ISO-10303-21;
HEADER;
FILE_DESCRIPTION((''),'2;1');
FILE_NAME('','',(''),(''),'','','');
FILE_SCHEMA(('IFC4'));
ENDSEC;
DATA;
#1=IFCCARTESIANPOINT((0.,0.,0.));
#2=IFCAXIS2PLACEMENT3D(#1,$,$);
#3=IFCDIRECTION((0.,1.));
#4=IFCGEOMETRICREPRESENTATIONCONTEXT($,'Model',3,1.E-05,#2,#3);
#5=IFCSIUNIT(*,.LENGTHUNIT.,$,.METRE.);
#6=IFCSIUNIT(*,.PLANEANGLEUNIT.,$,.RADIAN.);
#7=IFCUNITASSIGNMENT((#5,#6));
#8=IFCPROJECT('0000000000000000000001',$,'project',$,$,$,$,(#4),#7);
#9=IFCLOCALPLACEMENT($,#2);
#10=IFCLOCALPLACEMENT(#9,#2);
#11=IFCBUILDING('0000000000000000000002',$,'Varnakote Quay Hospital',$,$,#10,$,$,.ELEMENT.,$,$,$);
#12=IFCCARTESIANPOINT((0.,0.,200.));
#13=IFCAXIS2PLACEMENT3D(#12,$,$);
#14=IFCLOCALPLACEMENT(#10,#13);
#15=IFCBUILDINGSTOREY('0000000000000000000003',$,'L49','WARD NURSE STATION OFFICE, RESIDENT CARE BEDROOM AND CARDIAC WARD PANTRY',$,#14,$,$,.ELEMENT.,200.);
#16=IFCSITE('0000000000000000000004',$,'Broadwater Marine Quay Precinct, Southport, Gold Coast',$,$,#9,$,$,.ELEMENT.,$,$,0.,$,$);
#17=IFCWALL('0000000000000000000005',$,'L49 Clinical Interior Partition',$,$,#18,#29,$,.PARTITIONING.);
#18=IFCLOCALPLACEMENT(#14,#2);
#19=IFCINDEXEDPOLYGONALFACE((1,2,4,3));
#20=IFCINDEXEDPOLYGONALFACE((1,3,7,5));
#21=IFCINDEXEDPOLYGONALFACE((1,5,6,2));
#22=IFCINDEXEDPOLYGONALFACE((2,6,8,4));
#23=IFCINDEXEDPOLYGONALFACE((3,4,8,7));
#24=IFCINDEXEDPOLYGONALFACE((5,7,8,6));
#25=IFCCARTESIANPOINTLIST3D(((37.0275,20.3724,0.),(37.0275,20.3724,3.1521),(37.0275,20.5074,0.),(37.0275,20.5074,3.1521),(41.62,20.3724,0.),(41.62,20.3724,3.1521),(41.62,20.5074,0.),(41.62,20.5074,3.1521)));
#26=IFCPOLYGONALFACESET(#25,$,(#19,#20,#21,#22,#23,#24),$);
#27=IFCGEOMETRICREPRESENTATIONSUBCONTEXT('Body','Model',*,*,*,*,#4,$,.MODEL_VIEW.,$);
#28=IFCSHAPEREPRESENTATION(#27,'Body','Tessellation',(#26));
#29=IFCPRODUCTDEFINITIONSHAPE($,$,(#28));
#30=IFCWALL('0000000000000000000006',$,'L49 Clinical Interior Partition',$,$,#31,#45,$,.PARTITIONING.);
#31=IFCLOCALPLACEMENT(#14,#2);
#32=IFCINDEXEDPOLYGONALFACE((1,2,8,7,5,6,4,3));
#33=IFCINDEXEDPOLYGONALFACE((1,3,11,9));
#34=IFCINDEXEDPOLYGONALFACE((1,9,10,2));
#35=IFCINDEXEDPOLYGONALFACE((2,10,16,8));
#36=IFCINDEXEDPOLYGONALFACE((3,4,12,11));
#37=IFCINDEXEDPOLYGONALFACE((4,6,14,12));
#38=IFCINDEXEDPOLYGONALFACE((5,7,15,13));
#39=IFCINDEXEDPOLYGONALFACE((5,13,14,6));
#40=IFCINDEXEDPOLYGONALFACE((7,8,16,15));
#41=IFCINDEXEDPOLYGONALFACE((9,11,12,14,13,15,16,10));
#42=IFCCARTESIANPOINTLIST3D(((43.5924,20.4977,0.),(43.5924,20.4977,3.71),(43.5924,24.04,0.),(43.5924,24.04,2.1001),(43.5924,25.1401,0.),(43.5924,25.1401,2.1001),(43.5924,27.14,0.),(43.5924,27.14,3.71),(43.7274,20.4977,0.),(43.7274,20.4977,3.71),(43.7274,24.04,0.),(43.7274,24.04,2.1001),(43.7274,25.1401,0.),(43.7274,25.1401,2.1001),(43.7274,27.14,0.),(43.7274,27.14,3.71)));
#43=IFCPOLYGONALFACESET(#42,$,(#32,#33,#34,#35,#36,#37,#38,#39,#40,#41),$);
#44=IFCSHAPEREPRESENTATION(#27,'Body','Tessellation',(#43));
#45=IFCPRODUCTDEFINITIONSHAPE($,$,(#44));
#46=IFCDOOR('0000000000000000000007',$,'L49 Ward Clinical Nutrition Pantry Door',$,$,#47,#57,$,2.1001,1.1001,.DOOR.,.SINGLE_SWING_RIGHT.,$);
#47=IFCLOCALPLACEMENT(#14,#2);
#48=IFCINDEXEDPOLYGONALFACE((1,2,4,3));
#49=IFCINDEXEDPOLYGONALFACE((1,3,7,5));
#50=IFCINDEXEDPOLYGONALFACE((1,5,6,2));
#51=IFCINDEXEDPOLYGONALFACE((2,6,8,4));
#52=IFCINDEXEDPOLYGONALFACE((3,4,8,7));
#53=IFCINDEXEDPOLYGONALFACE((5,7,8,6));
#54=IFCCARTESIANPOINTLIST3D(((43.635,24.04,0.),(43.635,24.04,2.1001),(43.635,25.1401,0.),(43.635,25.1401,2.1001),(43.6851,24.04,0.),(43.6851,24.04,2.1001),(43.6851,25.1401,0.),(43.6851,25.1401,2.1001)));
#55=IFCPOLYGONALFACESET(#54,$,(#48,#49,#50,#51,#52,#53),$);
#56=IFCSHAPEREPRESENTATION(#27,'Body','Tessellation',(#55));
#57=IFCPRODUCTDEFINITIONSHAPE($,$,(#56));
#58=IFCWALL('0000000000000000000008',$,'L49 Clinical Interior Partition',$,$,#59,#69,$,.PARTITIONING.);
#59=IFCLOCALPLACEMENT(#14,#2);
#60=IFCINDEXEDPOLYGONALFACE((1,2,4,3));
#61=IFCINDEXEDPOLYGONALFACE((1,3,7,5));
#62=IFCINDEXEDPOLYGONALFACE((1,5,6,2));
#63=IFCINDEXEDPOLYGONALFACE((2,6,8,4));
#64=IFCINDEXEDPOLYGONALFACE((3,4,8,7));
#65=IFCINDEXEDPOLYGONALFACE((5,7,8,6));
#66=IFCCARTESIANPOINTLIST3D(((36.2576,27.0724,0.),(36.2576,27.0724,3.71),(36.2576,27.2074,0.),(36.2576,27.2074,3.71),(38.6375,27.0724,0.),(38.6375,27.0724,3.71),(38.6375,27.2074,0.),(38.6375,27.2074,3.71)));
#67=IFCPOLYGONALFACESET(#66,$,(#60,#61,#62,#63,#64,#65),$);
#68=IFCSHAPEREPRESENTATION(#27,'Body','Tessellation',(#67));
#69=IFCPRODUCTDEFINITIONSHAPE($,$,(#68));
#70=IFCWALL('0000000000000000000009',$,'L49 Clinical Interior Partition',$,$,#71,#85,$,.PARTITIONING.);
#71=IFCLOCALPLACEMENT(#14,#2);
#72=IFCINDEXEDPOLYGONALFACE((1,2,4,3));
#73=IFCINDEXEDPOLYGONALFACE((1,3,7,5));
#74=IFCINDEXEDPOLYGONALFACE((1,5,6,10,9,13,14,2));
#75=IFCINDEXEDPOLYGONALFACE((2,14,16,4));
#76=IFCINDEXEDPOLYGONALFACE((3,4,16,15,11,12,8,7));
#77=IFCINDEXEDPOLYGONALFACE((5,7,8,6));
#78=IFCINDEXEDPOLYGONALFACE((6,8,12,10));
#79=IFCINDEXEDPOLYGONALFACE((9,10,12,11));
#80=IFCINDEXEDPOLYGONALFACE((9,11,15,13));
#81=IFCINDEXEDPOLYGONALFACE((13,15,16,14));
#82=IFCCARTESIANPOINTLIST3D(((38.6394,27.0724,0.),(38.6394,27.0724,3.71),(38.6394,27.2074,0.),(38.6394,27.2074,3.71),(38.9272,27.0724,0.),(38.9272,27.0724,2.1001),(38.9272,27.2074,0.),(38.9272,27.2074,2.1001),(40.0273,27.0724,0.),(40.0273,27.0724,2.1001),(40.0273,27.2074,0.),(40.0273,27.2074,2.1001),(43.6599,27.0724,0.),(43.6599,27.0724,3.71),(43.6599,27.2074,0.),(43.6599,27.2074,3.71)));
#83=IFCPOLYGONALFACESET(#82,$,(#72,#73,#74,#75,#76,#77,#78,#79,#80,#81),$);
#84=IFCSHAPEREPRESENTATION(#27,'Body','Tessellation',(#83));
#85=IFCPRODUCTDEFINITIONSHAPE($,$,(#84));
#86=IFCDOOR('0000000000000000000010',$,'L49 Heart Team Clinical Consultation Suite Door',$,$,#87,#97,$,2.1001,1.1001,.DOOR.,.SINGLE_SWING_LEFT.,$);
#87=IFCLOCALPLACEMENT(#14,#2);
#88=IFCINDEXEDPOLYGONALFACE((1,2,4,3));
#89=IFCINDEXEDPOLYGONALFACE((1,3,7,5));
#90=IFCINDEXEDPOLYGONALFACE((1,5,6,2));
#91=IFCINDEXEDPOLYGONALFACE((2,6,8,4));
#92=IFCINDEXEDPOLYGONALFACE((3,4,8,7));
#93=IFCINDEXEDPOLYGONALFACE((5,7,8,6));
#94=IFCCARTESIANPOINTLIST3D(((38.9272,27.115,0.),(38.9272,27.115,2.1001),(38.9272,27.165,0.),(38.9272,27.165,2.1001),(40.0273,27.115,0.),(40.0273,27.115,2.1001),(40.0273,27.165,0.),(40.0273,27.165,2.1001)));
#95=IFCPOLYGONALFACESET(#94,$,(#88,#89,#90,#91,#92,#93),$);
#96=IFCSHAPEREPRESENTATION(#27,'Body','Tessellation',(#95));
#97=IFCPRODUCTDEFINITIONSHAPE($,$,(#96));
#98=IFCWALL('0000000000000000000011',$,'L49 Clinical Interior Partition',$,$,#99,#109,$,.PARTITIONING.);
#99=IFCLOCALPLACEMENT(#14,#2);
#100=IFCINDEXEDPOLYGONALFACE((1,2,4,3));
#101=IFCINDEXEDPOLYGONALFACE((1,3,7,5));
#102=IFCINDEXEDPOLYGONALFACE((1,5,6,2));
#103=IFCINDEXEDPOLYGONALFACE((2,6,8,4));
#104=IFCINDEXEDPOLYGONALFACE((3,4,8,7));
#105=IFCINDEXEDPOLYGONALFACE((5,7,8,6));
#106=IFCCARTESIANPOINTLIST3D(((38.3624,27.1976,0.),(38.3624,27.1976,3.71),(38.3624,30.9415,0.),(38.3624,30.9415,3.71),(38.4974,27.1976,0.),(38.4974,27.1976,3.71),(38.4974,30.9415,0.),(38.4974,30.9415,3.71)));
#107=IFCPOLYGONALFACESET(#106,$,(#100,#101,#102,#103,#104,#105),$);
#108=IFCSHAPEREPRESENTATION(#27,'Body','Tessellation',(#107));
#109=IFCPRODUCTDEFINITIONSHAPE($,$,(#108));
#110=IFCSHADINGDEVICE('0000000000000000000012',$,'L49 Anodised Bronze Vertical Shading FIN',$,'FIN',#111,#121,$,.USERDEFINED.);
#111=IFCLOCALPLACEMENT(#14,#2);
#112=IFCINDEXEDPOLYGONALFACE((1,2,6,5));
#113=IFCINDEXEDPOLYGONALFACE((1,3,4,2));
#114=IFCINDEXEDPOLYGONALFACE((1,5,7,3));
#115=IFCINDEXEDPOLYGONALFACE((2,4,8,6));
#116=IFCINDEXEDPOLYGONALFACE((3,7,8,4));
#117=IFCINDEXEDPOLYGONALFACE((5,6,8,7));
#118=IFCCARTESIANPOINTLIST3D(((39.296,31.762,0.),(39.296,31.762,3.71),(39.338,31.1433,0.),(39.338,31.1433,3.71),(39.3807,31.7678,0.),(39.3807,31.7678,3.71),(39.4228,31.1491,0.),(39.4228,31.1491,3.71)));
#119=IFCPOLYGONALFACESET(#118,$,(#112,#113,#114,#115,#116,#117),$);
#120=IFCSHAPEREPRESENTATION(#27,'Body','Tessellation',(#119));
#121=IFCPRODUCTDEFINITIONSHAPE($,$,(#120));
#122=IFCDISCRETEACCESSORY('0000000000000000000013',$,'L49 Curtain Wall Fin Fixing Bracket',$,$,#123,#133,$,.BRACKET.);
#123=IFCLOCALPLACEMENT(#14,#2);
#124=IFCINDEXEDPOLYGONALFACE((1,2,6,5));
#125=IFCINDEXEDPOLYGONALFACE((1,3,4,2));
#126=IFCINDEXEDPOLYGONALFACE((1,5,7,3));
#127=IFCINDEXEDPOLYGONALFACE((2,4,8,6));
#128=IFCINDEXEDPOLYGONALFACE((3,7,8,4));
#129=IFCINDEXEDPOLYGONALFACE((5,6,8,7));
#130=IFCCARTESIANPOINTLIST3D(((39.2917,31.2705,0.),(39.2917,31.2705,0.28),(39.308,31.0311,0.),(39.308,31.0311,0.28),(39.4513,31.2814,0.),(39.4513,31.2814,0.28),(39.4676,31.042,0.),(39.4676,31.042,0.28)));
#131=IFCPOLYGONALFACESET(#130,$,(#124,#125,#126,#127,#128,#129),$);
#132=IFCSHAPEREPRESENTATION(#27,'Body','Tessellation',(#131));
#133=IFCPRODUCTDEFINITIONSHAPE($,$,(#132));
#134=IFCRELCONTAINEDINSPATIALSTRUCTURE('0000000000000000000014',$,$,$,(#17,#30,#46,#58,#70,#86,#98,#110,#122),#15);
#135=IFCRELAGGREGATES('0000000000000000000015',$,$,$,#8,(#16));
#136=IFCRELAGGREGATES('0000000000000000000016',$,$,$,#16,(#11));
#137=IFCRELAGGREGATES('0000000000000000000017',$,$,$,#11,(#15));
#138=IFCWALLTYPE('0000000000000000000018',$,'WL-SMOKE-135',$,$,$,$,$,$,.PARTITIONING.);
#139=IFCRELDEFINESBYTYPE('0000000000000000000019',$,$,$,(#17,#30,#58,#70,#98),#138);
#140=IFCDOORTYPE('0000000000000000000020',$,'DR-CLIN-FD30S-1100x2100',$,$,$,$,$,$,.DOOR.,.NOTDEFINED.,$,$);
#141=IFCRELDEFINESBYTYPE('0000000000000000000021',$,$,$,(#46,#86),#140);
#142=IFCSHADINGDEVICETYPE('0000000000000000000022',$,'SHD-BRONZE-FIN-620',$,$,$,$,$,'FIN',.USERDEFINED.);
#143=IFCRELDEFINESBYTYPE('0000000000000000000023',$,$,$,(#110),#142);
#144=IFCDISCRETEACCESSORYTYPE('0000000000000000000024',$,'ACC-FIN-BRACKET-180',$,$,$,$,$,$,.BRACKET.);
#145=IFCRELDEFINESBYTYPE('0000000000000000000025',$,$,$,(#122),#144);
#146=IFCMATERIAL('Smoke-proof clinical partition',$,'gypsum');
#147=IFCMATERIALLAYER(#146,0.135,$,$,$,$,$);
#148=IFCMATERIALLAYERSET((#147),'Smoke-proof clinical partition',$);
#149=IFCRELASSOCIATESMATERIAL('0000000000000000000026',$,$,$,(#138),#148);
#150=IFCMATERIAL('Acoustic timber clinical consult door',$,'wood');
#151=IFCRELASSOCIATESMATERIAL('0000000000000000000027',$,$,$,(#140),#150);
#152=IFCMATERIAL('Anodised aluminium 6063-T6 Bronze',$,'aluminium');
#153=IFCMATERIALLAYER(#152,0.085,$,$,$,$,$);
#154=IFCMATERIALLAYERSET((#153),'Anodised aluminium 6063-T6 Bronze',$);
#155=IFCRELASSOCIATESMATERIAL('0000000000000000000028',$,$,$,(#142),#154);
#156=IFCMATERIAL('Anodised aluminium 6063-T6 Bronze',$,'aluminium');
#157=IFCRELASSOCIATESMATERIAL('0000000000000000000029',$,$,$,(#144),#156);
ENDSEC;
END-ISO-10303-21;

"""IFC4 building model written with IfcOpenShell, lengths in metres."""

from ifc_helpers import new_model, si_unit, direction, frame, frame_2d, origin, origin_2d, place, context, subcontext, project, spatial, rectangle, extrude, material, layer, layer_set, type_object, element, fill, save


model = new_model("IFC4")

# Units and contexts
model_context = context("Model", 3, precision=1e-05, world=origin(), true_north=direction((0.0, 1.0)))
body_context = subcontext(model_context, "Body", "Model", "MODEL_VIEW")
ifc_project = project(units=[si_unit("LENGTHUNIT", "METRE"), si_unit("PLANEANGLEUNIT", "RADIAN")], contexts=[model_context])

# Site, building, storey
site_placement = place(None, origin())
site = spatial("IfcSite", under=ifc_project, at=site_placement, Name="Broadwater Marine Quay Precinct, Southport, Gold Coast", CompositionType="ELEMENT", RefElevation=0.0)
building_placement = place(site_placement, origin())
building = spatial("IfcBuilding", under=site, at=building_placement, Name="Varnakote Quay Hospital", CompositionType="ELEMENT")
storey_placement = place(building_placement, frame((0.0, 0.0, 200.0)))
storey = spatial("IfcBuildingStorey", under=building, at=storey_placement, Name="L49", Description="WARD NURSE STATION OFFICE, RESIDENT CARE BEDROOM AND CARDIAC WARD PANTRY", CompositionType="ELEMENT", Elevation=200.0)

# Wall
ifc_material_1 = material(Name="Smoke-proof clinical partition", Category="gypsum")
ifc_layer_1 = layer(ifc_material_1, 0.135)
ifc_layer_set_1 = layer_set([ifc_layer_1], Name="Smoke-proof clinical partition")
wall_type = type_object("IfcWallType", Name="WL-SMOKE-135", PredefinedType="PARTITIONING", material=ifc_layer_set_1)
wall_1_placement = place(storey_placement, frame((41.6201, 20.4399, 0.0), z_axis=(0.0, 0.0, 1.0), x_axis=(-1.0, 0.0, 0.0)))
element("IfcWall", 1, at=wall_1_placement, inside=storey, type_object=wall_type, Name="L49 Clinical Interior Partition", PredefinedType="PARTITIONING", context=body_context, shape_type="SweptSolid", body=[
    extrude(rectangle(XDim=4.5925, YDim=0.135, at=frame_2d((2.2964, 0.0))), origin(), (0.0, 0.0, 1.0), 3.1521),
])

# Wall, opening, door
wall_2_placement = place(storey_placement, frame((43.6599, 20.4976, 0.0), z_axis=(0.0, 0.0, 1.0), x_axis=(0.0, 1.0, 0.0)))
wall_2 = element("IfcWall", 2, at=wall_2_placement, inside=storey, type_object=wall_type, Name="L49 Clinical Interior Partition", PredefinedType="PARTITIONING", context=body_context, shape_type="SweptSolid", body=[
    extrude(rectangle(XDim=6.6423, YDim=0.135, at=frame_2d((3.3213, 0.0))), origin(), (0.0, 0.0, 1.0), 3.71),
])
opening_1_placement = place(wall_2_placement, frame((3.5425, 0.0, 0.0)))
opening_1 = element("IfcOpeningElement", 3, at=opening_1_placement, cuts=wall_2, PredefinedType="OPENING", context=body_context, shape_type="SweptSolid", body=[
    extrude(rectangle(XDim=1.1001, YDim=2.1001, at=frame_2d((0.55, 1.05))), frame((0.0, 0.0774, 0.0), z_axis=(0.0, -1.0, 0.0), x_axis=(1.0, 0.0, 0.0)), (0.0, 0.0, 1.0), 0.155),
])
ifc_material_2 = material(Name="Acoustic timber clinical consult door", Category="wood")
door_type = type_object("IfcDoorType", Name="DR-CLIN-FD30S-1100x2100", OperationType="NOTDEFINED", PredefinedType="DOOR", material=ifc_material_2)
door_1_placement = place(opening_1_placement, origin())
door_1 = element("IfcDoor", 4, at=door_1_placement, inside=storey, type_object=door_type, Name="L49 Ward Clinical Nutrition Pantry Door", OperationType="SINGLE_SWING_RIGHT", OverallHeight=2.1001, OverallWidth=1.1001, PredefinedType="DOOR", context=body_context, shape_type="SweptSolid", body=[
    extrude(rectangle(XDim=1.1001, YDim=2.1001, at=frame_2d((0.55, 1.05))), frame((0.0, 0.0249, 0.0), z_axis=(0.0, -1.0, 0.0), x_axis=(1.0, 0.0, 0.0)), (0.0, 0.0, 1.0), 0.05),
])
fill(opening_1, door_1)

# Wall
wall_3_placement = place(storey_placement, frame((38.6375, 27.1399, 0.0), z_axis=(0.0, 0.0, 1.0), x_axis=(-1.0, 0.0, 0.0)))
element("IfcWall", 5, at=wall_3_placement, inside=storey, type_object=wall_type, Name="L49 Clinical Interior Partition", PredefinedType="PARTITIONING", context=body_context, shape_type="SweptSolid", body=[
    extrude(rectangle(XDim=2.3799, YDim=0.135, at=frame_2d((1.1899, 0.0))), origin(), (0.0, 0.0, 1.0), 3.71),
])

# Wall, opening, door
wall_4_placement = place(storey_placement, frame((43.6599, 27.1399, 0.0), z_axis=(0.0, 0.0, 1.0), x_axis=(-1.0, 0.0, 0.0)))
wall_4 = element("IfcWall", 6, at=wall_4_placement, inside=storey, type_object=wall_type, Name="L49 Clinical Interior Partition", PredefinedType="PARTITIONING", context=body_context, shape_type="SweptSolid", body=[
    extrude(rectangle(XDim=5.0205, YDim=0.135, at=frame_2d((2.5103, 0.0))), origin(), (0.0, 0.0, 1.0), 3.71),
])
opening_2_placement = place(wall_4_placement, frame((3.6326, 0.0, 0.0)))
opening_2 = element("IfcOpeningElement", 7, at=opening_2_placement, cuts=wall_4, PredefinedType="OPENING", context=body_context, shape_type="SweptSolid", body=[
    extrude(rectangle(XDim=1.1001, YDim=2.1001, at=frame_2d((0.55, 1.05))), frame((0.0, 0.0774, 0.0), z_axis=(0.0, -1.0, 0.0), x_axis=(1.0, 0.0, 0.0)), (0.0, 0.0, 1.0), 0.155),
])
door_2_placement = place(opening_2_placement, origin())
door_2 = element("IfcDoor", 8, at=door_2_placement, inside=storey, type_object=door_type, Name="L49 Heart Team Clinical Consultation Suite Door", OperationType="SINGLE_SWING_LEFT", OverallHeight=2.1001, OverallWidth=1.1001, PredefinedType="DOOR", context=body_context, shape_type="SweptSolid", body=[
    extrude(rectangle(XDim=1.1001, YDim=2.1001, at=frame_2d((0.55, 1.05))), frame((0.0, 0.0249, 0.0), z_axis=(0.0, -1.0, 0.0), x_axis=(1.0, 0.0, 0.0)), (0.0, 0.0, 1.0), 0.05),
])
fill(opening_2, door_2)

# Wall
wall_5_placement = place(storey_placement, frame((38.4299, 27.1975, 0.0), z_axis=(0.0, 0.0, 1.0), x_axis=(0.0, 1.0, 0.0)))
element("IfcWall", 9, at=wall_5_placement, inside=storey, type_object=wall_type, Name="L49 Clinical Interior Partition", PredefinedType="PARTITIONING", context=body_context, shape_type="SweptSolid", body=[
    extrude(rectangle(XDim=3.7439, YDim=0.135, at=frame_2d((1.8721, 0.0))), origin(), (0.0, 0.0, 1.0), 3.71),
])

# Shading device
ifc_material_3 = material(Name="Anodised aluminium 6063-T6 Bronze", Category="aluminium")
ifc_layer_2 = layer(ifc_material_3, 0.085)
ifc_layer_set_2 = layer_set([ifc_layer_2], Name="Anodised aluminium 6063-T6 Bronze")
shading_device_type = type_object("IfcShadingDeviceType", Name="SHD-BRONZE-FIN-620", ElementType="FIN", PredefinedType="USERDEFINED", material=ifc_layer_set_2)
shading_device_placement = place(storey_placement, frame((39.3594, 31.4556, 0.0), z_axis=(0.0, 0.0, 1.0), x_axis=(0.067841, -0.997696, 0.0)))
element("IfcShadingDevice", 10, at=shading_device_placement, inside=storey, type_object=shading_device_type, Name="L49 Anodised Bronze Vertical Shading FIN", ObjectType="FIN", PredefinedType="USERDEFINED", context=body_context, shape_type="SweptSolid", body=[
    extrude(rectangle(XDim=0.6201, YDim=0.085, at=origin_2d()), origin(), (0.0, 0.0, 1.0), 3.71),
])

# Discrete accessory
ifc_material_4 = material(Name="Anodised aluminium 6063-T6 Bronze", Category="aluminium")
discrete_accessory_type = type_object("IfcDiscreteAccessoryType", Name="ACC-FIN-BRACKET-180", PredefinedType="BRACKET", material=ifc_material_4)
discrete_accessory_placement = place(storey_placement, frame((39.3796, 31.1562, 0.0), z_axis=(0.0, 0.0, 1.0), x_axis=(-0.997696, -0.067841, 0.0)))
element("IfcDiscreteAccessory", 11, at=discrete_accessory_placement, inside=storey, type_object=discrete_accessory_type, Name="L49 Curtain Wall Fin Fixing Bracket", PredefinedType="BRACKET", context=body_context, shape_type="SweptSolid", body=[
    extrude(rectangle(XDim=0.1599, YDim=0.24, at=origin_2d()), origin(), (0.0, 0.0, 1.0), 0.28),
])

save(model, "model.ifc")
